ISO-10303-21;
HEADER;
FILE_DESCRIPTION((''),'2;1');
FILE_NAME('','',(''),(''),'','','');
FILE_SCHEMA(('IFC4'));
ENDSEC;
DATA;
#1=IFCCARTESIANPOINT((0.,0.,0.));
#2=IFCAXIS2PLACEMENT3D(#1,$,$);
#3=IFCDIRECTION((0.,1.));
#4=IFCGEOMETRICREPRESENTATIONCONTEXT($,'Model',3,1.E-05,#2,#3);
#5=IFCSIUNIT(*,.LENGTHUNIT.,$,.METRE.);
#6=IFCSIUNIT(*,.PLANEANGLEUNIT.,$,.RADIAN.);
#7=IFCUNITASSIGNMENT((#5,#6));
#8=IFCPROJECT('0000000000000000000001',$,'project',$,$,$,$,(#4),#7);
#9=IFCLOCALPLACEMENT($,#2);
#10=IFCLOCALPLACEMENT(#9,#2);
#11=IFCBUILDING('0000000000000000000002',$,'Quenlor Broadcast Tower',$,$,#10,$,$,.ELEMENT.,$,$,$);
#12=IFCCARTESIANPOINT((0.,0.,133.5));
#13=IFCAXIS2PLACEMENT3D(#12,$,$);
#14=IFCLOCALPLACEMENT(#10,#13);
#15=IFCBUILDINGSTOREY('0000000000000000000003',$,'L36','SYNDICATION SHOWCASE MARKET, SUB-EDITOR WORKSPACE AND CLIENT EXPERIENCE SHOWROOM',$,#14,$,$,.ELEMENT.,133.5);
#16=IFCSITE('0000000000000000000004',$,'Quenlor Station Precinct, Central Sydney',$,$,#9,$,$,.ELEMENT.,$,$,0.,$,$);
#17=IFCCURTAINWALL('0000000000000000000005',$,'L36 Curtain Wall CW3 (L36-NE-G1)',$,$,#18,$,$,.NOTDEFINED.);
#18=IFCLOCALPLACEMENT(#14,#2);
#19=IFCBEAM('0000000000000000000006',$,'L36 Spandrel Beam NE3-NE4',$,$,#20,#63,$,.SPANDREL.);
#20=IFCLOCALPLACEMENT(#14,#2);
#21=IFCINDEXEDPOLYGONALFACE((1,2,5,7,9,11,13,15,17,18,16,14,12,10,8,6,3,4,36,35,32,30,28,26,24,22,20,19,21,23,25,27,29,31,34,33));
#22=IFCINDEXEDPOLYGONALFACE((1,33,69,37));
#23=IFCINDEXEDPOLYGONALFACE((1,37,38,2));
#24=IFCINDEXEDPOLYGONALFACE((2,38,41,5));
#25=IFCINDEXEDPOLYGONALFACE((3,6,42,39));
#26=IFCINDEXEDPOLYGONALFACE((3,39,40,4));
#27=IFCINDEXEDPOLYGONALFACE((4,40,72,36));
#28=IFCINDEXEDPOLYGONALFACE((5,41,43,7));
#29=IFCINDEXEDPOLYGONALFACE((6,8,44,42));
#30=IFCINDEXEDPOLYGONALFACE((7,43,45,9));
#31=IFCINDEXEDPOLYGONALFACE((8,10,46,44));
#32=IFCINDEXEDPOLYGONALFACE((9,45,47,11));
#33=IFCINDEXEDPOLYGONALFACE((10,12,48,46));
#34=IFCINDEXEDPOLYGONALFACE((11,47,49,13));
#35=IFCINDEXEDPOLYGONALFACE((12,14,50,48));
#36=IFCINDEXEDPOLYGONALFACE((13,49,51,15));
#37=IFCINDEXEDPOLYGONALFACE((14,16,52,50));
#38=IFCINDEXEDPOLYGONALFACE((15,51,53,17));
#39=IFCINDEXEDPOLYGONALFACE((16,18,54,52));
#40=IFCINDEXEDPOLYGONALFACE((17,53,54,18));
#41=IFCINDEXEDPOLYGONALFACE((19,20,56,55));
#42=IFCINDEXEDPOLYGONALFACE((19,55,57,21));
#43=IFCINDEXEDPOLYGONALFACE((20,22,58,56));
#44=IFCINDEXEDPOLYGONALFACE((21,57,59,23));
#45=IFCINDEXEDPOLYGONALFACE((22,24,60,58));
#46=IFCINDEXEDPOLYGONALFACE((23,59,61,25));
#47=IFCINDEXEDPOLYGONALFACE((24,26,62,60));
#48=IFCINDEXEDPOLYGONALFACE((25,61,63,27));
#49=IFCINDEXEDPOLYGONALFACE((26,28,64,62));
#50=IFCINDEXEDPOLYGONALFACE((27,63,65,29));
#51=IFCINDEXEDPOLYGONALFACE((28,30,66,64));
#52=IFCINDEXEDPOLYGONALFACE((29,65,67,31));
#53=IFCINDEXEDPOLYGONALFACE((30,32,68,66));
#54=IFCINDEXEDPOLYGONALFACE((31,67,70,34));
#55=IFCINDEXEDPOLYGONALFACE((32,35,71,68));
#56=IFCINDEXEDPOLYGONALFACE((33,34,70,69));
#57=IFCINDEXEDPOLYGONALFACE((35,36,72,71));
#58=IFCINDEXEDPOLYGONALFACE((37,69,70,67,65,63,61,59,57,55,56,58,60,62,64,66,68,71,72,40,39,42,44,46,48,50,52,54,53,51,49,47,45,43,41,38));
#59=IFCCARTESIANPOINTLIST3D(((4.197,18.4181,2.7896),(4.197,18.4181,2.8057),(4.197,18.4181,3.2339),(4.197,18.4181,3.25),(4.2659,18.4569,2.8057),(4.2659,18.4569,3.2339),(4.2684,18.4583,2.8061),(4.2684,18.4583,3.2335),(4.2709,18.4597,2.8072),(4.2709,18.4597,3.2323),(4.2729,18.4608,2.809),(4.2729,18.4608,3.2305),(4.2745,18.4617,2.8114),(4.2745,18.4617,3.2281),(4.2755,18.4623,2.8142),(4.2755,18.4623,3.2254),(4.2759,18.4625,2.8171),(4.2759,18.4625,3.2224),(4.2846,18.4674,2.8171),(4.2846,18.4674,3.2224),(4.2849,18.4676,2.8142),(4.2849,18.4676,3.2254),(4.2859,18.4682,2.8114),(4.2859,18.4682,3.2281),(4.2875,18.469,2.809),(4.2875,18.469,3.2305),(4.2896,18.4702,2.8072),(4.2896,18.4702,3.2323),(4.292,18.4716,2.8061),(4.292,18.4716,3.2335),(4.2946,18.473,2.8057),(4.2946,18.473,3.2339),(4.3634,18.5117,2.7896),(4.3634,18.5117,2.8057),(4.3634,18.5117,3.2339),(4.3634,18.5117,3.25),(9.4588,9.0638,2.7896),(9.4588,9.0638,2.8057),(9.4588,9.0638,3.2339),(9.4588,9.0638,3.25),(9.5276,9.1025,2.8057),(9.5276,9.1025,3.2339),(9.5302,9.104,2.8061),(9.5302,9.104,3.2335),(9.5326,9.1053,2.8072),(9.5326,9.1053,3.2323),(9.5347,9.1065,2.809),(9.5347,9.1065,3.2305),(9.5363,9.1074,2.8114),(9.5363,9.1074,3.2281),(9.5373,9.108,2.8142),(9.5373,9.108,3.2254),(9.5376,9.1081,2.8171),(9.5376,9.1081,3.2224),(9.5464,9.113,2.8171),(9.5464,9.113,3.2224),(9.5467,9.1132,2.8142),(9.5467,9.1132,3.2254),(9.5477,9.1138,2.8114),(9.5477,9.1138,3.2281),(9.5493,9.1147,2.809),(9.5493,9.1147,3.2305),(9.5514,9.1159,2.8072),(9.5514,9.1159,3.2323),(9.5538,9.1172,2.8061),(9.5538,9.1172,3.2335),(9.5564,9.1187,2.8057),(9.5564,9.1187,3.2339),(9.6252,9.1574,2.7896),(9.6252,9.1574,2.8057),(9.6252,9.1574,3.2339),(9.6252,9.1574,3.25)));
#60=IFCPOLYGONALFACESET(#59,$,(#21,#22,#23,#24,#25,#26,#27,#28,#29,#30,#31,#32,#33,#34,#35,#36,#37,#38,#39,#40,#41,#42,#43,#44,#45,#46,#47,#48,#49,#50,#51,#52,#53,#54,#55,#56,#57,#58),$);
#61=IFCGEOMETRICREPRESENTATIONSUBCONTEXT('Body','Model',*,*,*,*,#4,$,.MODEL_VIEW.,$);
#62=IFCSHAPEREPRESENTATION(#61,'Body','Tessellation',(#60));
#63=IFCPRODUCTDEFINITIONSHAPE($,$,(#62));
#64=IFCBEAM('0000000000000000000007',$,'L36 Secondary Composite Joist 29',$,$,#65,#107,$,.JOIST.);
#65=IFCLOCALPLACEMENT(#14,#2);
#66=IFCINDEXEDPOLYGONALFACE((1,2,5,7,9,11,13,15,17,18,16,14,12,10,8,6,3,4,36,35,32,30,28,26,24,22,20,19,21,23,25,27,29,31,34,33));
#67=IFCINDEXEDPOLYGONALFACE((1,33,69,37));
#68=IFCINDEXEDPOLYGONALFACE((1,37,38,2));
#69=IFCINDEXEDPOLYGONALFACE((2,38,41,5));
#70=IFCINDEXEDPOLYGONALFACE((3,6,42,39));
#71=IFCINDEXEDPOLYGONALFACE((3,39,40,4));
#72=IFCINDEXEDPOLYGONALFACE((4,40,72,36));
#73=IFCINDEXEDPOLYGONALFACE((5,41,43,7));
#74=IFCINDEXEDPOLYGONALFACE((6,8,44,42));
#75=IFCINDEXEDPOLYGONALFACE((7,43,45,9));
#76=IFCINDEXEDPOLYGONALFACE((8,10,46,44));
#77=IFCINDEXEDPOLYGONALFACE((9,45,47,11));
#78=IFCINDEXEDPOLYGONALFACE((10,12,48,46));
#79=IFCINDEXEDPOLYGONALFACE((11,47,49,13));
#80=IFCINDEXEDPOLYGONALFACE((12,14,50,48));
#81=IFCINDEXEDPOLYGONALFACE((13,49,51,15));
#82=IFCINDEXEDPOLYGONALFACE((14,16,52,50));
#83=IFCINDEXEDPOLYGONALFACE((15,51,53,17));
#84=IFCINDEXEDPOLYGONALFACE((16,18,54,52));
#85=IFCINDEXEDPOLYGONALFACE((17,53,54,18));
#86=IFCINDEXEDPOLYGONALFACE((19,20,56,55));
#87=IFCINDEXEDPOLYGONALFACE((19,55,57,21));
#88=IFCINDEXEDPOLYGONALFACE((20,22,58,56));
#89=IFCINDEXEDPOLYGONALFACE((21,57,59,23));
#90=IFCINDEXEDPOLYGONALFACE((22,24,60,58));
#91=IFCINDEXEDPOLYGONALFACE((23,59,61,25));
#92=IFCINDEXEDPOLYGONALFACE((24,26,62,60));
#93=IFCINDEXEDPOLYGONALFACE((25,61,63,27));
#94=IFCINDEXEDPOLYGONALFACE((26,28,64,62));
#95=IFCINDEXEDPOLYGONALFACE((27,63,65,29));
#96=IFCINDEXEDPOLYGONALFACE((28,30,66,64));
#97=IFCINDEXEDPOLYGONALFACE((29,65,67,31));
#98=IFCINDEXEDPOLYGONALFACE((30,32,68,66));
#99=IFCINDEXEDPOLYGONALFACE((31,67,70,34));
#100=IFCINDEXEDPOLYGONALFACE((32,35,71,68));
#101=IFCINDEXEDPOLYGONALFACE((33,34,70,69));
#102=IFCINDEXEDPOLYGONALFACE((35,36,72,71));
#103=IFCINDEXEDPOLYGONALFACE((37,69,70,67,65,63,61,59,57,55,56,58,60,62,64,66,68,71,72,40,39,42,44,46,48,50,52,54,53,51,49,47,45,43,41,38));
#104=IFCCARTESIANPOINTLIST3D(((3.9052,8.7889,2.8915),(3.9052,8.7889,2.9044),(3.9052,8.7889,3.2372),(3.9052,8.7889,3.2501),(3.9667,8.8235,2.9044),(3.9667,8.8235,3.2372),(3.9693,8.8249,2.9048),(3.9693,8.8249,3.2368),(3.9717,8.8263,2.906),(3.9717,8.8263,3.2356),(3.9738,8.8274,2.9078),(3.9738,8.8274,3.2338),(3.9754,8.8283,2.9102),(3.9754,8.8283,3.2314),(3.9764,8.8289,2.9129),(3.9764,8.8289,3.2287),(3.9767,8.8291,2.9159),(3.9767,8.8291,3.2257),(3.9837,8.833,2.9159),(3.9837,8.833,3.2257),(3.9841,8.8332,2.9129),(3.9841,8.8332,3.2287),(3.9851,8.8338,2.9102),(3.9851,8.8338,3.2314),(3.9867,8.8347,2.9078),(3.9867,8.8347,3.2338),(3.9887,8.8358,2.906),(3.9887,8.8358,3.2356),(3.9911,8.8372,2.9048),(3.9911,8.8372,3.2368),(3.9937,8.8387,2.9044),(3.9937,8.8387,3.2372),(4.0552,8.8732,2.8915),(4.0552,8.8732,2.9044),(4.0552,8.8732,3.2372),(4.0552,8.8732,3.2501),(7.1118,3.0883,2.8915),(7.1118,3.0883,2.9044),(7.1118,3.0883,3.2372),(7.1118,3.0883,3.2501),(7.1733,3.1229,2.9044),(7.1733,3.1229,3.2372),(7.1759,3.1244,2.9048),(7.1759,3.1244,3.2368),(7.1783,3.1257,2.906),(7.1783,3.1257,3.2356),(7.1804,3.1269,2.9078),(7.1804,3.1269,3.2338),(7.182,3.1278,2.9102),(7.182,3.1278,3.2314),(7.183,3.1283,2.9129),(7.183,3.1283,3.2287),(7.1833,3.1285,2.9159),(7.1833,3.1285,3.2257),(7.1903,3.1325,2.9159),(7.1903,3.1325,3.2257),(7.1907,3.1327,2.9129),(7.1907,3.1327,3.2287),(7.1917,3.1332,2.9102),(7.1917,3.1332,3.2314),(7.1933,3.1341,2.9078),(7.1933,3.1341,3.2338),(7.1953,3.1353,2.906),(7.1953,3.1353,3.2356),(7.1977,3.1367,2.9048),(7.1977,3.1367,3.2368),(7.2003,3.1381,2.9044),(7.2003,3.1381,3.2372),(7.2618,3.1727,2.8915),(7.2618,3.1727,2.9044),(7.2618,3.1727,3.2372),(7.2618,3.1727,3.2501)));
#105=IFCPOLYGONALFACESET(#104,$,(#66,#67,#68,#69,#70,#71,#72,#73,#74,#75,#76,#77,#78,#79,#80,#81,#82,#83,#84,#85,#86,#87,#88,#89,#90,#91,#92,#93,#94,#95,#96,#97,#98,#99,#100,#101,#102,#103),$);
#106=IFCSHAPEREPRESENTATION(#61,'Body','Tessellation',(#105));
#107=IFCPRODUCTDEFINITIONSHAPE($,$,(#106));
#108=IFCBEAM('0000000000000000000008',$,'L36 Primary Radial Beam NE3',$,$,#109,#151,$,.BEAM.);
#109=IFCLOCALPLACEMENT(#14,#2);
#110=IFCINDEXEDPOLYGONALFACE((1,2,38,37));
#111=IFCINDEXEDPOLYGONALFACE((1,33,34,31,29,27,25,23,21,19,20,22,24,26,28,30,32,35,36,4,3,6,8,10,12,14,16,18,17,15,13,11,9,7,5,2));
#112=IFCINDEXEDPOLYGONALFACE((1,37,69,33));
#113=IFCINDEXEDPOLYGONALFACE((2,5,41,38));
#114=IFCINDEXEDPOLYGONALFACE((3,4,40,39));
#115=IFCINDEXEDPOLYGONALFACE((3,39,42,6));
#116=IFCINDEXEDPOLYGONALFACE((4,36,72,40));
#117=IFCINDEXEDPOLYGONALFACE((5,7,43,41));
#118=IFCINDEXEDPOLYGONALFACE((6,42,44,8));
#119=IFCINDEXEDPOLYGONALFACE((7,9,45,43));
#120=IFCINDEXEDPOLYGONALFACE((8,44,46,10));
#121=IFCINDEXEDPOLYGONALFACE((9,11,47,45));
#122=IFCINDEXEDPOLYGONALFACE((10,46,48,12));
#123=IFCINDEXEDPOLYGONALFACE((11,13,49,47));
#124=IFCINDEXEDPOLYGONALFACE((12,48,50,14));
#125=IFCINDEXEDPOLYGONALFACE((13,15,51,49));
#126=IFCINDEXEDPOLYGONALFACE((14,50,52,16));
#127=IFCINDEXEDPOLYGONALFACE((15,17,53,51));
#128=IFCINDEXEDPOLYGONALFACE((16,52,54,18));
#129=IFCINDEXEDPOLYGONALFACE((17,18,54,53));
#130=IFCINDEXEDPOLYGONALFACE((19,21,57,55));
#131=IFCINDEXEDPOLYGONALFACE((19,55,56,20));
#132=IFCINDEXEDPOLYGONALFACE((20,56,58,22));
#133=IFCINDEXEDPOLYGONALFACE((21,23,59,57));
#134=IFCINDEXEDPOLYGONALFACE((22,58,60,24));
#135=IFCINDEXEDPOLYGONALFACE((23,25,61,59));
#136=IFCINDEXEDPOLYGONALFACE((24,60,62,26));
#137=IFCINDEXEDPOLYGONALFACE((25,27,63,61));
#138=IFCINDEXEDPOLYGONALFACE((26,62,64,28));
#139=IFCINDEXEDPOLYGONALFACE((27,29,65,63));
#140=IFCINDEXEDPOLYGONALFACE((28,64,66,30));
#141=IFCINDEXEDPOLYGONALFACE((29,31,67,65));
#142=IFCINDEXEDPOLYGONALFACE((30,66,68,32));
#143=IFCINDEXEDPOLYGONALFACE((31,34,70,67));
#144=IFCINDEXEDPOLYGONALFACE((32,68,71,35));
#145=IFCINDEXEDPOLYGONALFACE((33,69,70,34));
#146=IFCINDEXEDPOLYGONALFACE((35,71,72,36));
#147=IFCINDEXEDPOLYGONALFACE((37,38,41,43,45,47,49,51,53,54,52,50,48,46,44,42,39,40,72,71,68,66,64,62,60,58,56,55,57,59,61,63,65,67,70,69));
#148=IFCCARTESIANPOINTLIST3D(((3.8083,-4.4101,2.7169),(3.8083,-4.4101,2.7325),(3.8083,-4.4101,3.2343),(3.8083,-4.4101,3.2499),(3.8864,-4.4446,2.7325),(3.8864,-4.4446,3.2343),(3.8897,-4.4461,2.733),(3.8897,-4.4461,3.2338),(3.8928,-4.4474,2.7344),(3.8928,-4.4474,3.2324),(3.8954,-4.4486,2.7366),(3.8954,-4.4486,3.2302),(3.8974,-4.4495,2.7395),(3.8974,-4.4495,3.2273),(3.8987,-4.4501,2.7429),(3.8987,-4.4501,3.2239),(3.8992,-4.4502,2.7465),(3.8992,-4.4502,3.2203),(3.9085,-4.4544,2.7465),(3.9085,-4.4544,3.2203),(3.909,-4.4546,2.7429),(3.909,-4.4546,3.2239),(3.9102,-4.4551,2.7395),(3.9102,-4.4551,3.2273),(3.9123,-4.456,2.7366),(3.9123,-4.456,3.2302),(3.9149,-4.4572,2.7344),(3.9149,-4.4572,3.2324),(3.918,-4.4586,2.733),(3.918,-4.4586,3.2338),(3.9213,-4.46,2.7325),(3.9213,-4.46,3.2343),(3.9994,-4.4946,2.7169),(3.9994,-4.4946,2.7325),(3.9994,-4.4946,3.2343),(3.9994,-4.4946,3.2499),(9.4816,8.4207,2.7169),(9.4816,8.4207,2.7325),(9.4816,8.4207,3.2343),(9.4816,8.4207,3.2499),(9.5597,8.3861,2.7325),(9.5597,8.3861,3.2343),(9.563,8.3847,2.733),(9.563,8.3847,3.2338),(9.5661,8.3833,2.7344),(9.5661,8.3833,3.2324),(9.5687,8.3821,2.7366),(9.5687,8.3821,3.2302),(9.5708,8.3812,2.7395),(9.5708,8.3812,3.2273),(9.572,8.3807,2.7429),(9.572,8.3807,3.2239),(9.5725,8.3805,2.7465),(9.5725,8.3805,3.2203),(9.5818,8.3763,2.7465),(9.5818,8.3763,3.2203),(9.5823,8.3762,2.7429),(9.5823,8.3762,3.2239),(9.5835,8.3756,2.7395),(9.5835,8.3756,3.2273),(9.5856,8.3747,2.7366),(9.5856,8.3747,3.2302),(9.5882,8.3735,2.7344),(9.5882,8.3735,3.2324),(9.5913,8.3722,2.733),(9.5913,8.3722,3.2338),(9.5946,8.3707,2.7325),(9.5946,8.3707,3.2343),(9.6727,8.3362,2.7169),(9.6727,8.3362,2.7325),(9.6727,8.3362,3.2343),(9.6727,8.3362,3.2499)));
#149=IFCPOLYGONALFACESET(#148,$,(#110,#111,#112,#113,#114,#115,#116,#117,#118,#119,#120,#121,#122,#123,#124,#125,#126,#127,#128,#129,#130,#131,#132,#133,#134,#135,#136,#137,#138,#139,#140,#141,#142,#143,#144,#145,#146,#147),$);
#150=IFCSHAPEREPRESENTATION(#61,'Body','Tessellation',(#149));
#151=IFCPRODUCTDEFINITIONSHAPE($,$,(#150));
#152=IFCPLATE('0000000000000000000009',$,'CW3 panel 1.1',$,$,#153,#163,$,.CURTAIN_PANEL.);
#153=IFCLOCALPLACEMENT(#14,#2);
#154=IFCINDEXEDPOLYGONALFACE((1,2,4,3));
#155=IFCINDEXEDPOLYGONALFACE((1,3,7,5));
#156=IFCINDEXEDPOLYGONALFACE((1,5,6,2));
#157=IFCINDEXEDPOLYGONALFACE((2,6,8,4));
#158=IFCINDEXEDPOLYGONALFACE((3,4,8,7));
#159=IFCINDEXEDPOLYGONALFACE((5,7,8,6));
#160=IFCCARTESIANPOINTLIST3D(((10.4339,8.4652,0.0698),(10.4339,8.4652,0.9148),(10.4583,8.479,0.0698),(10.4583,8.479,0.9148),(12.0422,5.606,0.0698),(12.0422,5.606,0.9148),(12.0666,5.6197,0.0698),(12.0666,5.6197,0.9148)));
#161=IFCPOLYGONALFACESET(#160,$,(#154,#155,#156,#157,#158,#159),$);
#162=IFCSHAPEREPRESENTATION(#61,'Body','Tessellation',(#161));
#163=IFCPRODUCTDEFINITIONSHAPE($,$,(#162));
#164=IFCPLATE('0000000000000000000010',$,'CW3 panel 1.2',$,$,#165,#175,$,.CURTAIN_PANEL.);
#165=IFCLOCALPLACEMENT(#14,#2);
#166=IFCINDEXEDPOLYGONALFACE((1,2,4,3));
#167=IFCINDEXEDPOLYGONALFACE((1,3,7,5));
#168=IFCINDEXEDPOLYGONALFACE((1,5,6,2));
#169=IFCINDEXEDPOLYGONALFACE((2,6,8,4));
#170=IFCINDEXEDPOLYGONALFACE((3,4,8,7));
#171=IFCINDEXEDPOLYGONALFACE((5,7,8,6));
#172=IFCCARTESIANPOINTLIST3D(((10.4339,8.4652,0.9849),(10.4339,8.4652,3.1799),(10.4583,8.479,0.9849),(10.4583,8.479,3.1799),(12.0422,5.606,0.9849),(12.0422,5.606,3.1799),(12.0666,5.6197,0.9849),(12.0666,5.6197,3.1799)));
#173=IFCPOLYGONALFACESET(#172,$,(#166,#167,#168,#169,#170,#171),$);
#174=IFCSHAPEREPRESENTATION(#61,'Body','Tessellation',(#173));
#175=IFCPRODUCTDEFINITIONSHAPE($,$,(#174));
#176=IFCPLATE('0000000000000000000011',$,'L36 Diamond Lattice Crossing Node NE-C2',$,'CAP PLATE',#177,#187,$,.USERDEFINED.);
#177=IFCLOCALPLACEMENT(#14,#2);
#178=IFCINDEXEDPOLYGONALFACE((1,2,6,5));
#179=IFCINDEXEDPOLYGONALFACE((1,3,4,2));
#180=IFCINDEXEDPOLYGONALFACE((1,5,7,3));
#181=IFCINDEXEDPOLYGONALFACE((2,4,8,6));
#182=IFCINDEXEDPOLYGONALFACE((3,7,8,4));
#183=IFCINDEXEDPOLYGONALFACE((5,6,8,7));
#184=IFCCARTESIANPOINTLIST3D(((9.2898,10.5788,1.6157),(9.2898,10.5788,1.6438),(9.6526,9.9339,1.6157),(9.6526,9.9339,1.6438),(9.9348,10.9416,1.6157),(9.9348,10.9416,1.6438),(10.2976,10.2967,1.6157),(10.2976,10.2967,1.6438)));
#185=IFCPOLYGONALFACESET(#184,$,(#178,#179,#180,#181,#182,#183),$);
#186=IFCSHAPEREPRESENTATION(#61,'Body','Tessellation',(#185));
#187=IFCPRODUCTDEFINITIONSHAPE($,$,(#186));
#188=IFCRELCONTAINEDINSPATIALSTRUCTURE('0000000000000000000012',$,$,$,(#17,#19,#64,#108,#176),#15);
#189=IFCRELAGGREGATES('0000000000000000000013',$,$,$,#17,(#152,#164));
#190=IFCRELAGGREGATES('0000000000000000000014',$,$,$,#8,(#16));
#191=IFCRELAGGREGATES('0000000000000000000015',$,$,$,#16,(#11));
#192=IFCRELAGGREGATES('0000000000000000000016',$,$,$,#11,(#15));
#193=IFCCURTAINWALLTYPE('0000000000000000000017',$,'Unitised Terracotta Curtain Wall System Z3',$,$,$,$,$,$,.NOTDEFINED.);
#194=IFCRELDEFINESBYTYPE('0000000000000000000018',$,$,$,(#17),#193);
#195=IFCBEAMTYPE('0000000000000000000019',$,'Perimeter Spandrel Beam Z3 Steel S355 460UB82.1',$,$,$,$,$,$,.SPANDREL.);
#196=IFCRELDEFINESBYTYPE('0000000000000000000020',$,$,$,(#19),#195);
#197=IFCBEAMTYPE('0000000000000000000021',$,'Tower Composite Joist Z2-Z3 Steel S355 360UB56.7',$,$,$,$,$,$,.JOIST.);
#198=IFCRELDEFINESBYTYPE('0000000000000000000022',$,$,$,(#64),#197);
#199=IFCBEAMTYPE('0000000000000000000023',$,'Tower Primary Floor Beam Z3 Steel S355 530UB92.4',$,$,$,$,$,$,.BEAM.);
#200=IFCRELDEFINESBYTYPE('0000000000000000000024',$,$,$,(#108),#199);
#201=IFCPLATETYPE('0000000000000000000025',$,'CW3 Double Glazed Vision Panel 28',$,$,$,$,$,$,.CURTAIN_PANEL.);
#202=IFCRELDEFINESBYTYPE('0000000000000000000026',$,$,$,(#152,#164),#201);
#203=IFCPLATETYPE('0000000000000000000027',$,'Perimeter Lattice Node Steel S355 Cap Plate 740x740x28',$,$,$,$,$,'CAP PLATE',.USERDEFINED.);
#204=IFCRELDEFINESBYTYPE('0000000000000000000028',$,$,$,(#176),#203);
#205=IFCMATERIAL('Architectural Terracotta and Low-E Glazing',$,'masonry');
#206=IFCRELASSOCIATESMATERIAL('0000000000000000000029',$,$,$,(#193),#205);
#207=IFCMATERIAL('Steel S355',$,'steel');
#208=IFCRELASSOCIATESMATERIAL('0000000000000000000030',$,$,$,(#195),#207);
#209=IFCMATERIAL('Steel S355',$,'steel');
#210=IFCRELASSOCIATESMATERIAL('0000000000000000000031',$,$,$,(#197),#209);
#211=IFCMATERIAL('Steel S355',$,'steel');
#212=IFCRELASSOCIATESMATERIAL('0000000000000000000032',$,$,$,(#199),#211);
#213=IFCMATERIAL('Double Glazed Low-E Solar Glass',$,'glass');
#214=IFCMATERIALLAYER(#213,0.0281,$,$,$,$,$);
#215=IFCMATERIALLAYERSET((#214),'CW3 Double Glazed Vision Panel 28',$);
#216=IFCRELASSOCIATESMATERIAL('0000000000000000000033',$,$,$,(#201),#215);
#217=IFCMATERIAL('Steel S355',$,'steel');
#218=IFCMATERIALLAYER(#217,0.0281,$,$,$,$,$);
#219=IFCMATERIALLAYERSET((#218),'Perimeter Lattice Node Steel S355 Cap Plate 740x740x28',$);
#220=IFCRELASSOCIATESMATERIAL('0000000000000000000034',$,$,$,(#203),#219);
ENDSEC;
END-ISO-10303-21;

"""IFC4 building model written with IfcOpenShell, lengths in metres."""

from ifc_helpers import new_model, si_unit, direction, frame, origin, origin_2d, place, context, subcontext, project, spatial, rectangle, i_section, extrude, material, layer, layer_set, material_profile, profile_set, type_object, element, aggregate, save


model = new_model("IFC4")

# Units and contexts
model_context = context("Model", 3, precision=1e-05, world=origin(), true_north=direction((0.0, 1.0)))
body_context = subcontext(model_context, "Body", "Model", "MODEL_VIEW")
ifc_project = project(units=[si_unit("LENGTHUNIT", "METRE"), si_unit("PLANEANGLEUNIT", "RADIAN")], contexts=[model_context])

# Site, building, storey
site_placement = place(None, origin())
site = spatial("IfcSite", under=ifc_project, at=site_placement, Name="Quenlor Station Precinct, Central Sydney", CompositionType="ELEMENT", RefElevation=0.0)
building_placement = place(site_placement, origin())
building = spatial("IfcBuilding", under=site, at=building_placement, Name="Quenlor Broadcast Tower", CompositionType="ELEMENT")
storey_placement = place(building_placement, frame((0.0, 0.0, 133.5)))
storey = spatial("IfcBuildingStorey", under=building, at=storey_placement, Name="L36", Description="SYNDICATION SHOWCASE MARKET, SUB-EDITOR WORKSPACE AND CLIENT EXPERIENCE SHOWROOM", CompositionType="ELEMENT", Elevation=133.5)

# Curtain wall
ifc_material_1 = material(Name="Architectural Terracotta and Low-E Glazing", Category="masonry")
curtain_wall_type = type_object("IfcCurtainWallType", Name="Unitised Terracotta Curtain Wall System Z3", PredefinedType="NOTDEFINED", material=ifc_material_1)
curtain_wall_placement = place(storey_placement, origin())
curtain_wall = element("IfcCurtainWall", 1, at=curtain_wall_placement, inside=storey, type_object=curtain_wall_type, Name="L36 Curtain Wall CW3 (L36-NE-G1)", PredefinedType="NOTDEFINED")

# Beams
ifc_material_2 = material(Name="Steel S355", Category="steel")
ifc_material_profile_1 = material_profile(ifc_material_2, i_section(OverallWidth=0.1909, OverallDepth=0.4604, WebThickness=0.01, FlangeThickness=0.0161, FilletRadius=0.0115, at=origin_2d()))
ifc_profile_set_1 = profile_set([ifc_material_profile_1], Name="Steel S355 460UB82.1")
beam_type_1 = type_object("IfcBeamType", Name="Perimeter Spandrel Beam Z3 Steel S355 460UB82.1", PredefinedType="SPANDREL", material=ifc_profile_set_1)
beam_1_placement = place(storey_placement, frame((9.542, 9.1106, 3.0198), z_axis=(-0.490258, 0.871577, 0.0), x_axis=(-0.871577, -0.490258, 0.0)))
element("IfcBeam", 2, at=beam_1_placement, inside=storey, type_object=beam_type_1, Name="L36 Spandrel Beam NE3-NE4", PredefinedType="SPANDREL", context=body_context, shape_type="SweptSolid", body=[
    extrude(i_section(OverallWidth=0.1909, OverallDepth=0.4604, WebThickness=0.01, FlangeThickness=0.0161, FilletRadius=0.0115, at=origin_2d()), origin(), (0.0, 0.0, 1.0), 10.7327),
])
ifc_material_3 = material(Name="Steel S355", Category="steel")
ifc_material_profile_2 = material_profile(ifc_material_3, i_section(OverallWidth=0.1721, OverallDepth=0.3586, WebThickness=0.0081, FlangeThickness=0.0129, FilletRadius=0.0115, at=origin_2d()))
ifc_profile_set_2 = profile_set([ifc_material_profile_2], Name="Steel S355 360UB56.7")
beam_type_2 = type_object("IfcBeamType", Name="Tower Composite Joist Z2-Z3 Steel S355 360UB56.7", PredefinedType="JOIST", material=ifc_profile_set_2)
beam_2_placement = place(storey_placement, frame((3.9802, 8.8311, 3.0708), z_axis=(0.490267, -0.871573, 0.0), x_axis=(0.871573, 0.490267, 0.0)))
element("IfcBeam", 3, at=beam_2_placement, inside=storey, type_object=beam_type_2, Name="L36 Secondary Composite Joist 29", PredefinedType="JOIST", context=body_context, shape_type="SweptSolid", body=[
    extrude(i_section(OverallWidth=0.1721, OverallDepth=0.3586, WebThickness=0.0081, FlangeThickness=0.0129, FilletRadius=0.0115, at=origin_2d()), origin(), (0.0, 0.0, 1.0), 6.5405),
])
ifc_material_4 = material(Name="Steel S355", Category="steel")
ifc_material_profile_3 = material_profile(ifc_material_4, i_section(OverallWidth=0.209, OverallDepth=0.533, WebThickness=0.0103, FlangeThickness=0.0156, FilletRadius=0.0139, at=origin_2d()))
ifc_profile_set_3 = profile_set([ifc_material_profile_3], Name="Steel S355 530UB92.4")
beam_type_3 = type_object("IfcBeamType", Name="Tower Primary Floor Beam Z3 Steel S355 530UB92.4", PredefinedType="BEAM", material=ifc_profile_set_3)
beam_3_placement = place(storey_placement, frame((9.5771, 8.3784, 2.9834), z_axis=(-0.404397, -0.914583, 0.0), x_axis=(0.914583, -0.404397, 0.0)))
element("IfcBeam", 4, at=beam_3_placement, inside=storey, type_object=beam_type_3, Name="L36 Primary Radial Beam NE3", PredefinedType="BEAM", context=body_context, shape_type="SweptSolid", body=[
    extrude(i_section(OverallWidth=0.209, OverallDepth=0.533, WebThickness=0.0103, FlangeThickness=0.0156, FilletRadius=0.0139, at=origin_2d()), origin(), (0.0, 0.0, 1.0), 14.0291),
])

# Plates
ifc_material_5 = material(Name="Double Glazed Low-E Solar Glass", Category="glass")
ifc_layer_1 = layer(ifc_material_5, 0.0281)
ifc_layer_set_1 = layer_set([ifc_layer_1], Name="CW3 Double Glazed Vision Panel 28")
plate_type_1 = type_object("IfcPlateType", Name="CW3 Double Glazed Vision Panel 28", PredefinedType="CURTAIN_PANEL", material=ifc_layer_set_1)
plate_1_placement = place(storey_placement, frame((11.2502, 7.0425, 0.0698), z_axis=(0.0, 0.0, 1.0), x_axis=(0.490256, -0.871579, 0.0)))
plate_1 = element("IfcPlate", 5, at=plate_1_placement, type_object=plate_type_1, Name="CW3 panel 1.1", PredefinedType="CURTAIN_PANEL", context=body_context, shape_type="SweptSolid", body=[
    extrude(rectangle(XDim=3.2805, YDim=0.0281, at=origin_2d()), origin(), (0.0, 0.0, 1.0), 0.845),
])
plate_2_placement = place(storey_placement, frame((11.2502, 7.0425, 0.9849), z_axis=(0.0, 0.0, 1.0), x_axis=(0.490256, -0.871579, 0.0)))
plate_2 = element("IfcPlate", 6, at=plate_2_placement, type_object=plate_type_1, Name="CW3 panel 1.2", PredefinedType="CURTAIN_PANEL", context=body_context, shape_type="SweptSolid", body=[
    extrude(rectangle(XDim=3.2805, YDim=0.0281, at=origin_2d()), origin(), (0.0, 0.0, 1.0), 2.1951),
])
aggregate(curtain_wall, [plate_1, plate_2])

# Plate
ifc_material_6 = material(Name="Steel S355", Category="steel")
ifc_layer_2 = layer(ifc_material_6, 0.0281)
ifc_layer_set_2 = layer_set([ifc_layer_2], Name="Perimeter Lattice Node Steel S355 Cap Plate 740x740x28")
plate_type_2 = type_object("IfcPlateType", Name="Perimeter Lattice Node Steel S355 Cap Plate 740x740x28", ElementType="CAP PLATE", PredefinedType="USERDEFINED", material=ifc_layer_set_2)
for number, where, z_axis, x_axis, name in (
    (7, (9.7937, 10.4377, 1.6157), (0.0, 0.0, 1.0), (0.490295, -0.871556, 0.0), "L36 Diamond Lattice Crossing Node NE-C2"),
):
    element("IfcPlate", number, at=place(storey_placement, frame(where, z_axis=z_axis, x_axis=x_axis)), inside=storey, type_object=plate_type_2, Name=name, ObjectType="CAP PLATE", PredefinedType="USERDEFINED", context=body_context, shape_type="SweptSolid", body=[
        extrude(rectangle(XDim=0.74, YDim=0.74, at=origin_2d()), origin(), (0.0, 0.0, 1.0), 0.0281),
    ])

save(model, "model.ifc")
